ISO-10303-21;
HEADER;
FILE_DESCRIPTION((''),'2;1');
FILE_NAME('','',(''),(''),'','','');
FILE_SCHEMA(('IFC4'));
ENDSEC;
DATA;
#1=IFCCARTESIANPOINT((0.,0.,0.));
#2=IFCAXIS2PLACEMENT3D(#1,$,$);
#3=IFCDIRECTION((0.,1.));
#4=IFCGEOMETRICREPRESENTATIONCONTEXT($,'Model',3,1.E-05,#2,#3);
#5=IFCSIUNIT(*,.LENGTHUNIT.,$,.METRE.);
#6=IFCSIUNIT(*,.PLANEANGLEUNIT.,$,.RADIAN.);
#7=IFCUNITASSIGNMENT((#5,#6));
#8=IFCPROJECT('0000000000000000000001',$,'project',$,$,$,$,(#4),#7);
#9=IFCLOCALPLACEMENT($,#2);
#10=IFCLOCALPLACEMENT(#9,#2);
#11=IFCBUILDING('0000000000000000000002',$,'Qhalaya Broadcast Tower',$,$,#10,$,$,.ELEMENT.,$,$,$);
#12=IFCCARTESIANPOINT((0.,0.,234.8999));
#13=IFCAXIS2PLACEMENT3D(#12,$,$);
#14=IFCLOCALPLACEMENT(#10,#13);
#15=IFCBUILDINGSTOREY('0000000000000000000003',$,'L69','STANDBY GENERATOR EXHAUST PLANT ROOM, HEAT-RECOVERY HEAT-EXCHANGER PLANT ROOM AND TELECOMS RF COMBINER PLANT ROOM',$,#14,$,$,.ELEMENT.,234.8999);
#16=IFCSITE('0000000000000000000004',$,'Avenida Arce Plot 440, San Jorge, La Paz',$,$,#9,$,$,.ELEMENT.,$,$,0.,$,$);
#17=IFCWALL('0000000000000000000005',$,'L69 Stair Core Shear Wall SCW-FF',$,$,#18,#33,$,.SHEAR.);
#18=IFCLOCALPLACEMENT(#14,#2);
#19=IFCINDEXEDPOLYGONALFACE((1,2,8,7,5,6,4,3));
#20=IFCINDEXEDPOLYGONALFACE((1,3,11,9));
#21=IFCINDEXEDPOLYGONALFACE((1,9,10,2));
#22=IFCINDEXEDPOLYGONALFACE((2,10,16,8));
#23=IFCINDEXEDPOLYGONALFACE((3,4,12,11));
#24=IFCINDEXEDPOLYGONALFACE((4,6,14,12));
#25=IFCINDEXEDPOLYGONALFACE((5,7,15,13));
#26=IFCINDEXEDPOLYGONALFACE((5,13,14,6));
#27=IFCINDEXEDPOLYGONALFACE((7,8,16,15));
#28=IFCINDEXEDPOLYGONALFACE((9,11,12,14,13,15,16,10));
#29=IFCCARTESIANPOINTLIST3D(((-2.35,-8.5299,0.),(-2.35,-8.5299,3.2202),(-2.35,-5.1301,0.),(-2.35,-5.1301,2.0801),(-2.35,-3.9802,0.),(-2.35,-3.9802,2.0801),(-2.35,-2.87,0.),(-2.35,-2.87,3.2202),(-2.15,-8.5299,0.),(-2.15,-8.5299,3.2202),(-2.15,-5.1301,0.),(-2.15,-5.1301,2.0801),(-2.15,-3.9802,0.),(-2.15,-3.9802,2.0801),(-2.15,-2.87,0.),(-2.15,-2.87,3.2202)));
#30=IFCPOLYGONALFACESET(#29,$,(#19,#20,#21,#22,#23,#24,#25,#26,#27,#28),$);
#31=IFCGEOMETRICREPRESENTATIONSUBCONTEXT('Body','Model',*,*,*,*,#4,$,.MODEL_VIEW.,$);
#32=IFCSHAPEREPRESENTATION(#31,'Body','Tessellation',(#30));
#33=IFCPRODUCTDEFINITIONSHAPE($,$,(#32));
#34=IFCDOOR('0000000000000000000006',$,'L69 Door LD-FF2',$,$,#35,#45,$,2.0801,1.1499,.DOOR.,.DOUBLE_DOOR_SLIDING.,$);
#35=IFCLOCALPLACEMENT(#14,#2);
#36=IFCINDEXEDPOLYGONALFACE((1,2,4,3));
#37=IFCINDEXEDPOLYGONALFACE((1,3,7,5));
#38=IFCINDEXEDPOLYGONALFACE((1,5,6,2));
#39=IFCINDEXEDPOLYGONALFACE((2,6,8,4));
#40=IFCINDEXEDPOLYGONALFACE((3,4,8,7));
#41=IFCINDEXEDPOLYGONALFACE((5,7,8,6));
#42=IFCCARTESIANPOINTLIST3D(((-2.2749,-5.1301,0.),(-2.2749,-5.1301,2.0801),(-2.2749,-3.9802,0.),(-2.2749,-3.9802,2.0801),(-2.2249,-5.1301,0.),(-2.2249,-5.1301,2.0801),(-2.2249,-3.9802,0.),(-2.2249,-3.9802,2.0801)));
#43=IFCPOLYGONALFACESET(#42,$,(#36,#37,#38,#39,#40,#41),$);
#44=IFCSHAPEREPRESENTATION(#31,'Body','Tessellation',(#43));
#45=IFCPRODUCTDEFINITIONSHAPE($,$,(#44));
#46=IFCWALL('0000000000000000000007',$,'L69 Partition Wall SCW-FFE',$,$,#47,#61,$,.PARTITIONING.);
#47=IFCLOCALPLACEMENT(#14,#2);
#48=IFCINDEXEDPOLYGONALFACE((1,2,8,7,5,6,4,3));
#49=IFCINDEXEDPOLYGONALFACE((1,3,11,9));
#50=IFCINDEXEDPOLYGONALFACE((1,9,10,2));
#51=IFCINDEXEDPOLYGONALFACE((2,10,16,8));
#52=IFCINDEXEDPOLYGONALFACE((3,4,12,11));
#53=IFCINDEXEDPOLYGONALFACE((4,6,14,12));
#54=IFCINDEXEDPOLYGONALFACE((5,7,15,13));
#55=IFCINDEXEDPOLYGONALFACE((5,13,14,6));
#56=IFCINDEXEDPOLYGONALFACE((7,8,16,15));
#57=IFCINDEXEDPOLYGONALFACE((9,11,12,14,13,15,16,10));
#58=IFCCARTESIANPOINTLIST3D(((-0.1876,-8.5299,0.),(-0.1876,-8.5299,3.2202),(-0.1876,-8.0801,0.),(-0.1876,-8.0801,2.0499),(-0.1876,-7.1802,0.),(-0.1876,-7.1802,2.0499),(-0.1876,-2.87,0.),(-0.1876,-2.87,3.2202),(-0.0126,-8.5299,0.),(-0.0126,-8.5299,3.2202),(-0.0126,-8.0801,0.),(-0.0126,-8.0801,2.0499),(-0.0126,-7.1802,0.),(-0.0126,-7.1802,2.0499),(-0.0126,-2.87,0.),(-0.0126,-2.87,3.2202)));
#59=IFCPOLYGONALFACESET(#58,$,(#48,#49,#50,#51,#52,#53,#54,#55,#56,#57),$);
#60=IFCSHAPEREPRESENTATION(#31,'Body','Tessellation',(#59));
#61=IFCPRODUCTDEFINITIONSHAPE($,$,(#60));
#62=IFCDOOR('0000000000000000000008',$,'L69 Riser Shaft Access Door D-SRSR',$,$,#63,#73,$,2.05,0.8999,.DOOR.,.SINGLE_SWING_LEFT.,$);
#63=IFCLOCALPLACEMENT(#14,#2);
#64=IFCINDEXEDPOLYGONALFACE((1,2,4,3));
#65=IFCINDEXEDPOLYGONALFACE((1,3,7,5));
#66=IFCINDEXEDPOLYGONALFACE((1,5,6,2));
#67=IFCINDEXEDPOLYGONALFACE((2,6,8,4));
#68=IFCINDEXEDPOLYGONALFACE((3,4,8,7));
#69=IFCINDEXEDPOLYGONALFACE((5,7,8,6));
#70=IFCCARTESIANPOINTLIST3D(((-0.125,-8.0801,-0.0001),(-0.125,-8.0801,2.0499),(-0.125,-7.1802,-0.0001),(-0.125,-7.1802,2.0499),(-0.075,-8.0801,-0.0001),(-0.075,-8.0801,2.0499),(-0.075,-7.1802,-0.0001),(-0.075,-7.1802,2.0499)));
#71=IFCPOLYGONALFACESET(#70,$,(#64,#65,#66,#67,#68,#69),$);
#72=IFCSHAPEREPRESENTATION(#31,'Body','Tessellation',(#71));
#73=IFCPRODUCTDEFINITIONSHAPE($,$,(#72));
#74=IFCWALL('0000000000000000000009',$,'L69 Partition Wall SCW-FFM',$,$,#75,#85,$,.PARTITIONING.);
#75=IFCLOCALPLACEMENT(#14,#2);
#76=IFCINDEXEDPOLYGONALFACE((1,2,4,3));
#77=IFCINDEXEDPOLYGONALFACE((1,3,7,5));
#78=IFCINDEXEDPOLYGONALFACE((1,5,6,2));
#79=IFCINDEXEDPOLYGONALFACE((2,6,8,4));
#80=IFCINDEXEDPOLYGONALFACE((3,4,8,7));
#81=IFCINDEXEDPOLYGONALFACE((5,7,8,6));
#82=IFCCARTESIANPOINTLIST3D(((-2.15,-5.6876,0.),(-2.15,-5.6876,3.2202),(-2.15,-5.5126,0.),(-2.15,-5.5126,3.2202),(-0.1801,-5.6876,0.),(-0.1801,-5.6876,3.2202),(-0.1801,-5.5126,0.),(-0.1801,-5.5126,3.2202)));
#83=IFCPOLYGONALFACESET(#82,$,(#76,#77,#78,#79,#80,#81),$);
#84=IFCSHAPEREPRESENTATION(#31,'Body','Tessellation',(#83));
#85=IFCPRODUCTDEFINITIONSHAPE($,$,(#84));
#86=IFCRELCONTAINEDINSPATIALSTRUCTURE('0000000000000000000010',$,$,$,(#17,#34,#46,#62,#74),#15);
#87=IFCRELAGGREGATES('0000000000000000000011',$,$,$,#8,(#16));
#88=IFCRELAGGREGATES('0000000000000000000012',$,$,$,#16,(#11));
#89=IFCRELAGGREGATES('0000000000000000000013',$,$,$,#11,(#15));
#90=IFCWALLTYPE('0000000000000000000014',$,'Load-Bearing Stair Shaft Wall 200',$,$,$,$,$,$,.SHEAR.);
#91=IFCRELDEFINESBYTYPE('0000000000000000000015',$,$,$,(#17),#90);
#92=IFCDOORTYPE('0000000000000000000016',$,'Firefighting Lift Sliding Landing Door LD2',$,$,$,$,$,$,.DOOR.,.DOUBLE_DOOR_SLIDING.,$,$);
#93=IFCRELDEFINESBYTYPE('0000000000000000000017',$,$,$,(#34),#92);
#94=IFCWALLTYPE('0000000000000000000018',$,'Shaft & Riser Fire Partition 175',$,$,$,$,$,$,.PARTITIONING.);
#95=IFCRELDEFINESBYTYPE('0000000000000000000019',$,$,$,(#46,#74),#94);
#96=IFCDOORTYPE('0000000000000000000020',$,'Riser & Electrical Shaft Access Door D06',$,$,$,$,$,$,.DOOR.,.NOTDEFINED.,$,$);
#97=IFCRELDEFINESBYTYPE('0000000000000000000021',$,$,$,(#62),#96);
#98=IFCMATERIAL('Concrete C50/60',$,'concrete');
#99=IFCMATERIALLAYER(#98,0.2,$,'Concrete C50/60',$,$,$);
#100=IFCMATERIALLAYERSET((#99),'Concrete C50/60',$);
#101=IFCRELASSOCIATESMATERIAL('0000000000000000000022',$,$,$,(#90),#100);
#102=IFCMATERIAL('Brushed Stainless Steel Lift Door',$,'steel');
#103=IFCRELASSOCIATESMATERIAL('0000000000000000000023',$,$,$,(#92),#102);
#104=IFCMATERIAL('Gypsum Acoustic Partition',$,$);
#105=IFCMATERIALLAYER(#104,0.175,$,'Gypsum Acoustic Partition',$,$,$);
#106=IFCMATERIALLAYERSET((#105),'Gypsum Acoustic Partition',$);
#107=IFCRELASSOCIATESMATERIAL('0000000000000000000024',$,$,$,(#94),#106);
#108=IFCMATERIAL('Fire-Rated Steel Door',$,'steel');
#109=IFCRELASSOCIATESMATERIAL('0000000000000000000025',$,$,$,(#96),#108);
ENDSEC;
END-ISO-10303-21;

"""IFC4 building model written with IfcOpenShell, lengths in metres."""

from ifc_helpers import new_model, si_unit, direction, frame, frame_2d, origin, place, context, subcontext, project, spatial, rectangle, extrude, material, layer, layer_set, type_object, element, fill, save


model = new_model("IFC4")

# Units and contexts
model_context = context("Model", 3, precision=1e-05, world=origin(), true_north=direction((0.0, 1.0)))
body_context = subcontext(model_context, "Body", "Model", "MODEL_VIEW")
ifc_project = project(units=[si_unit("LENGTHUNIT", "METRE"), si_unit("PLANEANGLEUNIT", "RADIAN")], contexts=[model_context])

# Site, building, storey
site_placement = place(None, origin())
site = spatial("IfcSite", under=ifc_project, at=site_placement, Name="Avenida Arce Plot 440, San Jorge, La Paz", CompositionType="ELEMENT", RefElevation=0.0)
building_placement = place(site_placement, origin())
building = spatial("IfcBuilding", under=site, at=building_placement, Name="Qhalaya Broadcast Tower", CompositionType="ELEMENT")
storey_placement = place(building_placement, frame((0.0, 0.0, 234.8999)))
storey = spatial("IfcBuildingStorey", under=building, at=storey_placement, Name="L69", Description="STANDBY GENERATOR EXHAUST PLANT ROOM, HEAT-RECOVERY HEAT-EXCHANGER PLANT ROOM AND TELECOMS RF COMBINER PLANT ROOM", CompositionType="ELEMENT", Elevation=234.8999)

# Shared definitions
ifc_material_1 = material(Name="Concrete C50/60", Category="concrete")

# Walls, openings, doors
ifc_layer_1 = layer(ifc_material_1, 0.2, Name="Concrete C50/60")
ifc_layer_set_1 = layer_set([ifc_layer_1], Name="Concrete C50/60")
wall_type_1 = type_object("IfcWallType", Name="Load-Bearing Stair Shaft Wall 200", PredefinedType="SHEAR", material=ifc_layer_set_1)
ifc_material_2 = material(Name="Fire-Rated Steel Door", Category="steel")
wall_1_placement = place(storey_placement, frame((-2.25, -8.53, 0.0), z_axis=(0.0, 0.0, 1.0), x_axis=(0.0, 1.0, 0.0)))
wall_1 = element("IfcWall", 1, at=wall_1_placement, inside=storey, type_object=wall_type_1, Name="L69 Stair Core Shear Wall SCW-FF", PredefinedType="SHEAR", context=body_context, shape_type="SweptSolid", body=[
    extrude(rectangle(XDim=5.6599, YDim=0.2, at=frame_2d((2.8301, 0.0))), origin(), (0.0, 0.0, 1.0), 3.2202),
])
opening_1_placement = place(wall_1_placement, frame((3.3999, 0.0, 0.0)))
opening_1 = element("IfcOpeningElement", 2, at=opening_1_placement, cuts=wall_1, PredefinedType="OPENING", context=body_context, shape_type="SweptSolid", body=[
    extrude(rectangle(XDim=1.1499, YDim=2.0801, at=frame_2d((0.575, 1.04))), frame((0.0, 0.1121, 0.0), z_axis=(0.0, -1.0, 0.0), x_axis=(1.0, 0.0, 0.0)), (0.0, 0.0, 1.0), 0.2239),
])
ifc_material_3 = material(Name="Brushed Stainless Steel Lift Door", Category="steel")
door_type_1 = type_object("IfcDoorType", Name="Firefighting Lift Sliding Landing Door LD2", OperationType="DOUBLE_DOOR_SLIDING", PredefinedType="DOOR", material=ifc_material_3)
door_1_placement = place(opening_1_placement, origin())
door_1 = element("IfcDoor", 3, at=door_1_placement, inside=storey, type_object=door_type_1, Name="L69 Door LD-FF2", OperationType="DOUBLE_DOOR_SLIDING", OverallHeight=2.0801, OverallWidth=1.1499, PredefinedType="DOOR", context=body_context, shape_type="SweptSolid", body=[
    extrude(rectangle(XDim=1.1499, YDim=2.0801, at=frame_2d((0.575, 1.04))), frame((0.0, 0.0249, 0.0), z_axis=(0.0, -1.0, 0.0), x_axis=(1.0, 0.0, 0.0)), (0.0, 0.0, 1.0), 0.05),
])
fill(opening_1, door_1)
ifc_material_4 = material(Name="Gypsum Acoustic Partition")
ifc_layer_2 = layer(ifc_material_4, 0.175, Name="Gypsum Acoustic Partition")
ifc_layer_set_2 = layer_set([ifc_layer_2], Name="Gypsum Acoustic Partition")
wall_type_2 = type_object("IfcWallType", Name="Shaft & Riser Fire Partition 175", PredefinedType="PARTITIONING", material=ifc_layer_set_2)
wall_2_placement = place(storey_placement, frame((-0.1001, -8.53, 0.0), z_axis=(0.0, 0.0, 1.0), x_axis=(0.0, 1.0, 0.0)))
wall_2 = element("IfcWall", 4, at=wall_2_placement, inside=storey, type_object=wall_type_2, Name="L69 Partition Wall SCW-FFE", PredefinedType="PARTITIONING", context=body_context, shape_type="SweptSolid", body=[
    extrude(rectangle(XDim=5.6599, YDim=0.175, at=frame_2d((2.8301, 0.0))), origin(), (0.0, 0.0, 1.0), 3.2202),
])
opening_2_placement = place(wall_2_placement, frame((0.45, 0.0, 0.0)))
opening_2 = element("IfcOpeningElement", 5, at=opening_2_placement, cuts=wall_2, PredefinedType="OPENING", context=body_context, shape_type="SweptSolid", body=[
    extrude(rectangle(XDim=0.8999, YDim=2.05, at=frame_2d((0.45, 1.0249))), frame((0.0, 0.0996, 0.0), z_axis=(0.0, -1.0, 0.0), x_axis=(1.0, 0.0, 0.0)), (0.0, 0.0, 1.0), 0.199),
])
door_type_2 = type_object("IfcDoorType", Name="Riser & Electrical Shaft Access Door D06", OperationType="NOTDEFINED", PredefinedType="DOOR", material=ifc_material_2)
door_2_placement = place(opening_2_placement, origin())
door_2 = element("IfcDoor", 6, at=door_2_placement, inside=storey, type_object=door_type_2, Name="L69 Riser Shaft Access Door D-SRSR", OperationType="SINGLE_SWING_LEFT", OverallHeight=2.05, OverallWidth=0.8999, PredefinedType="DOOR", context=body_context, shape_type="SweptSolid", body=[
    extrude(rectangle(XDim=0.8999, YDim=2.05, at=frame_2d((0.45, 1.0249))), frame((0.0, 0.0249, 0.0), z_axis=(0.0, -1.0, 0.0), x_axis=(1.0, 0.0, 0.0)), (0.0, 0.0, 1.0), 0.05),
])
fill(opening_2, door_2)

# Wall
wall_3_placement = place(storey_placement, frame((-2.1499, -5.6001, 0.0), z_axis=(0.0, 0.0, 1.0), x_axis=(1.0, 0.0, 0.0)))
element("IfcWall", 7, at=wall_3_placement, inside=storey, type_object=wall_type_2, Name="L69 Partition Wall SCW-FFM", PredefinedType="PARTITIONING", context=body_context, shape_type="SweptSolid", body=[
    extrude(rectangle(XDim=1.97, YDim=0.175, at=frame_2d((0.9849, 0.0))), origin(), (0.0, 0.0, 1.0), 3.2202),
])

save(model, "model.ifc")
